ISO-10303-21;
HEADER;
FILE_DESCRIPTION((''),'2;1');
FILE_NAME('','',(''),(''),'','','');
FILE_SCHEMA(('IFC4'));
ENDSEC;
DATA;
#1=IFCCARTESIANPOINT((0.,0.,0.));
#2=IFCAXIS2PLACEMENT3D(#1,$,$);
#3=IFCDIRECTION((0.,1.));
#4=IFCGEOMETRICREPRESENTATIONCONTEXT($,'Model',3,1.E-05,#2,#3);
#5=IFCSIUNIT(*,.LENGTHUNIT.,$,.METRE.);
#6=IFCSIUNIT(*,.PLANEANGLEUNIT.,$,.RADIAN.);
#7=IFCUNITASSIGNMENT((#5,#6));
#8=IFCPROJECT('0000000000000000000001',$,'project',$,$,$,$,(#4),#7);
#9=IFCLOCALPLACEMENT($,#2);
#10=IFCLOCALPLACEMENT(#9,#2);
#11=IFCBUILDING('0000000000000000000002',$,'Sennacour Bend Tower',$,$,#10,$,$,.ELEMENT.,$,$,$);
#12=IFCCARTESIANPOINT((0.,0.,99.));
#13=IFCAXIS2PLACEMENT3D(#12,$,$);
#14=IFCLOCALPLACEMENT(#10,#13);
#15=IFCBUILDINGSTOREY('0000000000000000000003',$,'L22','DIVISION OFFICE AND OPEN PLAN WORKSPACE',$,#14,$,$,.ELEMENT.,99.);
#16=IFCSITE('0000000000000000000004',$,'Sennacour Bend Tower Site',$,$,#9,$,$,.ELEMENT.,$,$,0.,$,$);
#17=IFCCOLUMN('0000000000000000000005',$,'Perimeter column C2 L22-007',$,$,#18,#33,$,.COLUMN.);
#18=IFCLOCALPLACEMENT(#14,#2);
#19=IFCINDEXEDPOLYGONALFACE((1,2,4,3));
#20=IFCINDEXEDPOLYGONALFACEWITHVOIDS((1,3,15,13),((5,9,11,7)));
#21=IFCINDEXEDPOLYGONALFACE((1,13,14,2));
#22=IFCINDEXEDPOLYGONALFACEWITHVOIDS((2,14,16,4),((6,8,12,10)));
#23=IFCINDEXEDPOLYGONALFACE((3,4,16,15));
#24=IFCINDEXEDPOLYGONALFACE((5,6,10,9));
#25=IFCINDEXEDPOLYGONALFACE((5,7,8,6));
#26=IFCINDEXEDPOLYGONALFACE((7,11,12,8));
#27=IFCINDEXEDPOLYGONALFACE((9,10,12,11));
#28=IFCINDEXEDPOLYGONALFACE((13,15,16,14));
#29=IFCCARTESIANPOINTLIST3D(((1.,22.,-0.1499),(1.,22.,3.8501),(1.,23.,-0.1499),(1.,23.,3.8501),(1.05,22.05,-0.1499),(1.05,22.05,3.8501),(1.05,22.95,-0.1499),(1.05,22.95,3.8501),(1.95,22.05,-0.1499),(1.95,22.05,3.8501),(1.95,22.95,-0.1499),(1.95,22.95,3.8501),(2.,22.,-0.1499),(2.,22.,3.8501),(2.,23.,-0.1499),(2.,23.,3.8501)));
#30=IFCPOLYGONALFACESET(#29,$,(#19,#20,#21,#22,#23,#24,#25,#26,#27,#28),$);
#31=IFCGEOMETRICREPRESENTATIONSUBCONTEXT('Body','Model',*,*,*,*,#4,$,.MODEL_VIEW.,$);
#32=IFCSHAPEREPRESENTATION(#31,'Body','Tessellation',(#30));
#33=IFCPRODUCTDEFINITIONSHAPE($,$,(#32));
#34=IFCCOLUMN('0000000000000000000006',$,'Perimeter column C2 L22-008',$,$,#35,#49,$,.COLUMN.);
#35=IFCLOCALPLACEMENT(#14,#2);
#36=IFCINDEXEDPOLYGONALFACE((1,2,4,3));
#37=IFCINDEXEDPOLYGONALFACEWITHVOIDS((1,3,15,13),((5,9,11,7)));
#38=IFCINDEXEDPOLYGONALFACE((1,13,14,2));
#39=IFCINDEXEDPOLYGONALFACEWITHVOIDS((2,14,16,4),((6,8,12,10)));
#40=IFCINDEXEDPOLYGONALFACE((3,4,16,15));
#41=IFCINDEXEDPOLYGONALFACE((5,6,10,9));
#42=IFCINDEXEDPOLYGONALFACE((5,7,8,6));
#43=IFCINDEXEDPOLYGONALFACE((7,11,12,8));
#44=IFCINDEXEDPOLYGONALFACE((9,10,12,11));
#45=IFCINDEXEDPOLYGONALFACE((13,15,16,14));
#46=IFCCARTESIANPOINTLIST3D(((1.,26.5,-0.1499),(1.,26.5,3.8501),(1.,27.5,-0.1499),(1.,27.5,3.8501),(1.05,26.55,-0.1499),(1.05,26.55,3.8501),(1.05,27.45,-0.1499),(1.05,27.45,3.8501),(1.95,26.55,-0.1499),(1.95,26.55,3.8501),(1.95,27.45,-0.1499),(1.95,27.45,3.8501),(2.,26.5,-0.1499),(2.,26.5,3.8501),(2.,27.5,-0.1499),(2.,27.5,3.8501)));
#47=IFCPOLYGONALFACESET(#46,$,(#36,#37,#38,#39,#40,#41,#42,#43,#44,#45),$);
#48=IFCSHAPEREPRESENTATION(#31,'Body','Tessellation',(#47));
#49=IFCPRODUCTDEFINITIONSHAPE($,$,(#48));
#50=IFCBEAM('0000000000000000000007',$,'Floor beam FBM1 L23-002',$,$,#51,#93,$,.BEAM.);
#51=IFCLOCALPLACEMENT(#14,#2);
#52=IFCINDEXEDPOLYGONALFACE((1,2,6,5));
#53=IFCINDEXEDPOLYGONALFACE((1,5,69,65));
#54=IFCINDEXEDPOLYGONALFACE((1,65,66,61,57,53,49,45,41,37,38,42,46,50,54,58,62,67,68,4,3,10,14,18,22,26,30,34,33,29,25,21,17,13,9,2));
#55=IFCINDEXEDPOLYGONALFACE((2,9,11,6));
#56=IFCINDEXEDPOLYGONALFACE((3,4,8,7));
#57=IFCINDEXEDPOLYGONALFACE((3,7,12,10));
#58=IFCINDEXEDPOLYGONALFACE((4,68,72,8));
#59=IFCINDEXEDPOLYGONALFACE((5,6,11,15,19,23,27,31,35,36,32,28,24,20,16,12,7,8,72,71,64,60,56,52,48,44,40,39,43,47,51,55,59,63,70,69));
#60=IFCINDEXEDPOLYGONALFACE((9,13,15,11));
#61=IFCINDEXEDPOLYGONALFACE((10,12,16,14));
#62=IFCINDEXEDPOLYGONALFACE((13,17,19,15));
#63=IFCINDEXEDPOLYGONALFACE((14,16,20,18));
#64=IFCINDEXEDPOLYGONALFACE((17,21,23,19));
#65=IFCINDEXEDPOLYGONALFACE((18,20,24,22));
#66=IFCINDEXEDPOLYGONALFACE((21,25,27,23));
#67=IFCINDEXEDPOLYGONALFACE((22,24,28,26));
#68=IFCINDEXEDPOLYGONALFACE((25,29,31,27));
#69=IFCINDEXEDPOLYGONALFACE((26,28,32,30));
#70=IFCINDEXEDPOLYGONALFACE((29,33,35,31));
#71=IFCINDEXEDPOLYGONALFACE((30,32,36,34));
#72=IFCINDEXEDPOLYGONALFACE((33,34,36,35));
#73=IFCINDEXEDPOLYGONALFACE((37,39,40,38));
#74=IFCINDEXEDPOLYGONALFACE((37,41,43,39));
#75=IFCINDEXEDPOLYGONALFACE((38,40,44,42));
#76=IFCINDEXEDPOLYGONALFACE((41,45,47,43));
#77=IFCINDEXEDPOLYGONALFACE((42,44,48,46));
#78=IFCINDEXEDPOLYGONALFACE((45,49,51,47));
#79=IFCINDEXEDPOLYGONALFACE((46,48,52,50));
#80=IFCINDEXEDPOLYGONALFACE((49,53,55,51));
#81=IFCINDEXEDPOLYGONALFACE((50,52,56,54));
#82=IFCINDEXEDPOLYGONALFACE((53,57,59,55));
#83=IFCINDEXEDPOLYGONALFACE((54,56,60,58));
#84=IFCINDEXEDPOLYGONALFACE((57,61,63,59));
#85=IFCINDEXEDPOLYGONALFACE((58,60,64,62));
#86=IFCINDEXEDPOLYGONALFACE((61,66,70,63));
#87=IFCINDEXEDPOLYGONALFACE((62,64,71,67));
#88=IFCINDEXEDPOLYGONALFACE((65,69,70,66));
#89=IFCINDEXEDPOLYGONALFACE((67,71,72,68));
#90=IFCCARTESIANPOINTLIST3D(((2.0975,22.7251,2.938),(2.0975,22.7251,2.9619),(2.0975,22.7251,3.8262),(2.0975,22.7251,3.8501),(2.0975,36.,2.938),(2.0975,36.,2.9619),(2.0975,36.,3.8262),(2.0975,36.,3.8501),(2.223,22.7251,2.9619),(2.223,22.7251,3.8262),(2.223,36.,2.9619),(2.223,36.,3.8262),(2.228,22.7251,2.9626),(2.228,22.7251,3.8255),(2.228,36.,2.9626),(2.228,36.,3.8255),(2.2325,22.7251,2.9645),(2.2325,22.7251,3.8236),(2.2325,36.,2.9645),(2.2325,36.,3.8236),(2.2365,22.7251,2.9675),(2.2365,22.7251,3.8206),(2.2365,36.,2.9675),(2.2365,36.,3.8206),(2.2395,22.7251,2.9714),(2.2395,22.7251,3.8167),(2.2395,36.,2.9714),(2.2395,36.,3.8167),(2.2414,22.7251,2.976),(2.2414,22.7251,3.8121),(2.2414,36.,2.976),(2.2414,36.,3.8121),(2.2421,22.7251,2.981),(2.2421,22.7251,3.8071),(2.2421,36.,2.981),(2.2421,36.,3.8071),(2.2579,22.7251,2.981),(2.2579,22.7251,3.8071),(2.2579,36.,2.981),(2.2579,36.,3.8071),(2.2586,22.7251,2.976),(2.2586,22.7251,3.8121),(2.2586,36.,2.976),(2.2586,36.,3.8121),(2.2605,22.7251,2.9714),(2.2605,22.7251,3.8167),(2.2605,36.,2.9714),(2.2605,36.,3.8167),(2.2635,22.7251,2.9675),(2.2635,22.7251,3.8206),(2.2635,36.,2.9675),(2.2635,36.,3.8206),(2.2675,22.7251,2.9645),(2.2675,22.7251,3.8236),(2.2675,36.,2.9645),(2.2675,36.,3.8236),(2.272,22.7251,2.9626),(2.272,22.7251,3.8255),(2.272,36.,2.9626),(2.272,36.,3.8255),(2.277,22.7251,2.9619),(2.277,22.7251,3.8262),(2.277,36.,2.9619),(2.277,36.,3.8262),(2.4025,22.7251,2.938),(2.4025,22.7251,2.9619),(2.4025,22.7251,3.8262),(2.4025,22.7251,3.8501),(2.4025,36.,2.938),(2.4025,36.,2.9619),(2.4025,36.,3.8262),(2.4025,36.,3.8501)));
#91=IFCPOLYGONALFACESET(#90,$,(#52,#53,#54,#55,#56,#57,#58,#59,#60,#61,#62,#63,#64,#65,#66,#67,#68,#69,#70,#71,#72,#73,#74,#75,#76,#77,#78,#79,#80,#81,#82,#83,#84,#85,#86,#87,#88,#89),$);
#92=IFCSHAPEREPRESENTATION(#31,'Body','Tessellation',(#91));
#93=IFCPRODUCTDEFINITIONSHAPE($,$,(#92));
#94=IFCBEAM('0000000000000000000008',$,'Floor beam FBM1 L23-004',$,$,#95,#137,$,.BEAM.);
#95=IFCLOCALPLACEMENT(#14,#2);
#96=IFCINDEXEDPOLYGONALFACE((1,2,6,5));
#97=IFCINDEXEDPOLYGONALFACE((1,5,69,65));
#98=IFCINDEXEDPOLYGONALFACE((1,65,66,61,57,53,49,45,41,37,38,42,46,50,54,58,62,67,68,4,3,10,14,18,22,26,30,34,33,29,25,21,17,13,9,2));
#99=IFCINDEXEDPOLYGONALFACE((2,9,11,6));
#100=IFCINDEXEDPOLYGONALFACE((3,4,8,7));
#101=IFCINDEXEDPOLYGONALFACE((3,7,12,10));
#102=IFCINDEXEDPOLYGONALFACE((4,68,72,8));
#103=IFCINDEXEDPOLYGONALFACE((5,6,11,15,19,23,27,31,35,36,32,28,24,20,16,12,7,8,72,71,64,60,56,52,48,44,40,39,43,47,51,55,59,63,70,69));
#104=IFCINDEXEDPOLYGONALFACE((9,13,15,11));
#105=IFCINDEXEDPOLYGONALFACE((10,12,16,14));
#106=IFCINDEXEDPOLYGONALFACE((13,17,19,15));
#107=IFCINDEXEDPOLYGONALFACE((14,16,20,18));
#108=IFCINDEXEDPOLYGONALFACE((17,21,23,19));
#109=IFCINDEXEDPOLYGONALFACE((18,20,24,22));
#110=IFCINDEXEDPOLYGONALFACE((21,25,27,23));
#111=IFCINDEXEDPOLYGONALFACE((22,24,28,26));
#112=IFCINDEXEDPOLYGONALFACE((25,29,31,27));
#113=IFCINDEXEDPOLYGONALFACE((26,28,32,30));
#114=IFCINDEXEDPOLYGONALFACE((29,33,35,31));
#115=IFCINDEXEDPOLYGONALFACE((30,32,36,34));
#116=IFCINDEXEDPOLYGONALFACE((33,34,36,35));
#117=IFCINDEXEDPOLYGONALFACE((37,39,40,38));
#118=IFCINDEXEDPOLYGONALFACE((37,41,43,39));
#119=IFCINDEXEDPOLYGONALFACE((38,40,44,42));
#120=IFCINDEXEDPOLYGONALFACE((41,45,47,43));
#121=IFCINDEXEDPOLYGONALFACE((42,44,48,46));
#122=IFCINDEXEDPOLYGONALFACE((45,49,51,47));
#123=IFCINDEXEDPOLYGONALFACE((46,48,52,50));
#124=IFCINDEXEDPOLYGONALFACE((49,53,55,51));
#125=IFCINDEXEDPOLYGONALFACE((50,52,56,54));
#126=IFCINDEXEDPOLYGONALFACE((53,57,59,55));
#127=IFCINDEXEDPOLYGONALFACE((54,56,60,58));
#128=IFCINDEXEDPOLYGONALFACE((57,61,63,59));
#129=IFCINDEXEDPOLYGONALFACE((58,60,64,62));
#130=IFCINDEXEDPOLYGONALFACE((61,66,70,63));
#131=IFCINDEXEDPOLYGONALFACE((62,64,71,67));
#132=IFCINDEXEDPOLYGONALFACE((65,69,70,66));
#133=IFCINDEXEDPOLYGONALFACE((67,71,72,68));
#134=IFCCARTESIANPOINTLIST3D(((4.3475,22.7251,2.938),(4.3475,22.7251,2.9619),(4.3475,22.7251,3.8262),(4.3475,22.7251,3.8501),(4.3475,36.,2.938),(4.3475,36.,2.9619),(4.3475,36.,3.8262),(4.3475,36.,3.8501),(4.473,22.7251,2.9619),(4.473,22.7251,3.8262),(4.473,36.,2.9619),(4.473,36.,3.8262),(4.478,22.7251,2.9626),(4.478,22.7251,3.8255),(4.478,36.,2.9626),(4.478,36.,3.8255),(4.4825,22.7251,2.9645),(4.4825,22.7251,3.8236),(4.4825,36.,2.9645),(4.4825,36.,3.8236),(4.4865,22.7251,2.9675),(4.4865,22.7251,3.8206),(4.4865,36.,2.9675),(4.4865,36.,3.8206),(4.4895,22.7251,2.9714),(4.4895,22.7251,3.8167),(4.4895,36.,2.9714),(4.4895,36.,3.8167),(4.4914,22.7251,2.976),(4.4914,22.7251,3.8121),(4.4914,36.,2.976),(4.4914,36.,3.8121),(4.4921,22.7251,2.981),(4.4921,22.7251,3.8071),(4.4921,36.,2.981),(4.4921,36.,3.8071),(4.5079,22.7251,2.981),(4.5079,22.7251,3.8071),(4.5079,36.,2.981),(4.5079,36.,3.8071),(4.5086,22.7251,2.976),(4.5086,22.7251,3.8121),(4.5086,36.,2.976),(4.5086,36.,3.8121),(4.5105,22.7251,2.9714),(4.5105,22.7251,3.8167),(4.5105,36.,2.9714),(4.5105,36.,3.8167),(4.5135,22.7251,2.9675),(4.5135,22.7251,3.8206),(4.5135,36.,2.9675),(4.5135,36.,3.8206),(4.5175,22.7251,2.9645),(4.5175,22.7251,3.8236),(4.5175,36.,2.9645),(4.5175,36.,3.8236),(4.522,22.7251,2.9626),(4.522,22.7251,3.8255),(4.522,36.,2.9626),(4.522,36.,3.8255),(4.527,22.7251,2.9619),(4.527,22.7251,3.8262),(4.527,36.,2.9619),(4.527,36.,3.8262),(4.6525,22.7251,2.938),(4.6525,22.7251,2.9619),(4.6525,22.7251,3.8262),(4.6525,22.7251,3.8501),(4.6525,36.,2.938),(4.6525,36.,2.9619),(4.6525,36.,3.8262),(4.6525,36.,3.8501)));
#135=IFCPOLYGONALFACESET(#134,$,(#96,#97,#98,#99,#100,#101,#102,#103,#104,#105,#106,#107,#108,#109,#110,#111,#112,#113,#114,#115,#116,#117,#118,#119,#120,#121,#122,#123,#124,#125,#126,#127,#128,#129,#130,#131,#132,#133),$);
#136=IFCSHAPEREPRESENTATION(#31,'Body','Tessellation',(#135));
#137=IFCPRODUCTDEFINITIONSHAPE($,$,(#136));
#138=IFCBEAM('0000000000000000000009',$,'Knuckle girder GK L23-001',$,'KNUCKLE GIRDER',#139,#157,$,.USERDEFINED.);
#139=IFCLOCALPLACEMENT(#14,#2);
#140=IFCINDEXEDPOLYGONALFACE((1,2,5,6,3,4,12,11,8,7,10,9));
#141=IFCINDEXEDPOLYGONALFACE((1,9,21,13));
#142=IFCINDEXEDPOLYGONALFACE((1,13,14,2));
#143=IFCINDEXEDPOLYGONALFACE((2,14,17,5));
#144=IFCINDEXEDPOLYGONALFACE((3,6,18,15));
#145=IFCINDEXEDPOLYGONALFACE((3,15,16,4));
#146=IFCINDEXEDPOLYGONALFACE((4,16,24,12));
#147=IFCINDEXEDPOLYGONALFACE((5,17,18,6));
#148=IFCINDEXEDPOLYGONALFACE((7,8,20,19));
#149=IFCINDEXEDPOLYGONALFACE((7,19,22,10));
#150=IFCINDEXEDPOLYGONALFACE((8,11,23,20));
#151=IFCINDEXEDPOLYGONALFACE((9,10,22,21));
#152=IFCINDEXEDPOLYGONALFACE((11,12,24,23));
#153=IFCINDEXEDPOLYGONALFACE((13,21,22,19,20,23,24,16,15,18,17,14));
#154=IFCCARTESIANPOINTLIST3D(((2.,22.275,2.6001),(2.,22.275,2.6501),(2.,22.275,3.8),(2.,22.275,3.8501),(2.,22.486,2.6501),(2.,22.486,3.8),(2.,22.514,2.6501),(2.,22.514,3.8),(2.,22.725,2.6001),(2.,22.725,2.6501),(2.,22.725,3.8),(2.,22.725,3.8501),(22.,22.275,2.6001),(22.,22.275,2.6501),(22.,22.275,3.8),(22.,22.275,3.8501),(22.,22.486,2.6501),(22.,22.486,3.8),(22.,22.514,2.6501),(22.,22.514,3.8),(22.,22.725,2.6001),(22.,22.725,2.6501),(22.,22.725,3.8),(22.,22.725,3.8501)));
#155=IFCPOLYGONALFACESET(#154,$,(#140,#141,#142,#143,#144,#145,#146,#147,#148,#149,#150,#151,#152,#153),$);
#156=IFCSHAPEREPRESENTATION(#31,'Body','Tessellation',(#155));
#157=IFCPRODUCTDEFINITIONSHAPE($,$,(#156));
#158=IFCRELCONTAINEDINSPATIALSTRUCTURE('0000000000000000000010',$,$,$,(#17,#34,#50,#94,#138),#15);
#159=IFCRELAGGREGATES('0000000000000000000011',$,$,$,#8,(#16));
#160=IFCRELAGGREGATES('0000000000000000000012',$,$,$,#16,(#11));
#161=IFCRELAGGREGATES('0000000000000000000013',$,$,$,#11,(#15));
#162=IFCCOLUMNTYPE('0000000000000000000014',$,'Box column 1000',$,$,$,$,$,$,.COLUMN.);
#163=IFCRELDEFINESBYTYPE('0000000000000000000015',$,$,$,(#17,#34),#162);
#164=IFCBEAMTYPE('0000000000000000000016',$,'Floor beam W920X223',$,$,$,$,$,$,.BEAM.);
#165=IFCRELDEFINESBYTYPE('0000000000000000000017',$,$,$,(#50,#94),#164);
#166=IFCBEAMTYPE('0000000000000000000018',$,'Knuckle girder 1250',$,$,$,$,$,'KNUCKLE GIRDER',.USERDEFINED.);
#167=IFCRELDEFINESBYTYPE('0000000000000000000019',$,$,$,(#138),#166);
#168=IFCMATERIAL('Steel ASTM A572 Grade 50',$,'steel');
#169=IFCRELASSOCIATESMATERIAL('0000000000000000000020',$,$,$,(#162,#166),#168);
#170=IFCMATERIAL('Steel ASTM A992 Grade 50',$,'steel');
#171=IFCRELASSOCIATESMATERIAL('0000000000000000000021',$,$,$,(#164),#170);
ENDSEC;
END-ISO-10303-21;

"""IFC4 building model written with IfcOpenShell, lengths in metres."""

from ifc_helpers import new_model, si_unit, direction, frame, origin, origin_2d, place, context, subcontext, project, spatial, hollow_rectangle, i_section, extrude, material, material_profile, profile_set, type_object, element, save


model = new_model("IFC4")

# Units and contexts
model_context = context("Model", 3, precision=1e-05, world=origin(), true_north=direction((0.0, 1.0)))
body_context = subcontext(model_context, "Body", "Model", "MODEL_VIEW")
ifc_project = project(units=[si_unit("LENGTHUNIT", "METRE"), si_unit("PLANEANGLEUNIT", "RADIAN")], contexts=[model_context])

# Site, building, storey
site_placement = place(None, origin())
site = spatial("IfcSite", under=ifc_project, at=site_placement, Name="Sennacour Bend Tower Site", CompositionType="ELEMENT", RefElevation=0.0)
building_placement = place(site_placement, origin())
building = spatial("IfcBuilding", under=site, at=building_placement, Name="Sennacour Bend Tower", CompositionType="ELEMENT")
storey_placement = place(building_placement, frame((0.0, 0.0, 99.0)))
storey = spatial("IfcBuildingStorey", under=building, at=storey_placement, Name="L22", Description="DIVISION OFFICE AND OPEN PLAN WORKSPACE", CompositionType="ELEMENT", Elevation=99.0)

# Columns
ifc_material_1 = material(Name="Steel ASTM A572 Grade 50", Category="steel")
ifc_material_profile_1 = material_profile(ifc_material_1, hollow_rectangle(XDim=1.0, YDim=1.0, WallThickness=0.05, at=origin_2d()), Name="Steel ASTM A572 Grade 50", Category="steel")
ifc_profile_set_1 = profile_set([ifc_material_profile_1], Name="Steel ASTM A572 Grade 50")
column_type = type_object("IfcColumnType", Name="Box column 1000", PredefinedType="COLUMN", material=ifc_profile_set_1)
for number, where, z_axis, x_axis, name in (
    (1, (1.5, 22.5, -0.1499), (0.0, 0.0, 1.0), (1.0, 0.0, 0.0), "Perimeter column C2 L22-007"),
    (2, (1.5, 27.0, -0.1499), (0.0, 0.0, 1.0), (1.0, 0.0, 0.0), "Perimeter column C2 L22-008"),
):
    element("IfcColumn", number, at=place(storey_placement, frame(where, z_axis=z_axis, x_axis=x_axis)), inside=storey, type_object=column_type, Name=name, PredefinedType="COLUMN", context=body_context, shape_type="SweptSolid", body=[
        extrude(hollow_rectangle(XDim=1.0, YDim=1.0, WallThickness=0.05, at=origin_2d()), origin(), (0.0, 0.0, 1.0), 4.0),
    ])

# Beams
ifc_material_2 = material(Name="Steel ASTM A992 Grade 50", Category="steel")
ifc_material_profile_2 = material_profile(ifc_material_2, i_section(OverallWidth=0.3049, OverallDepth=0.9121, WebThickness=0.0159, FlangeThickness=0.0239, FilletRadius=0.019, at=origin_2d()), Name="Steel ASTM A992 Grade 50", Category="steel")
ifc_profile_set_2 = profile_set([ifc_material_profile_2], Name="Steel ASTM A992 Grade 50")
beam_type_1 = type_object("IfcBeamType", Name="Floor beam W920X223", PredefinedType="BEAM", material=ifc_profile_set_2)
for number, where, z_axis, x_axis, name in (
    (3, (2.25, 22.7251, 3.394), (0.0, 1.0, 0.0), (-1.0, 0.0, 0.0), "Floor beam FBM1 L23-002"),
    (4, (4.5, 22.7251, 3.394), (0.0, 1.0, 0.0), (-1.0, 0.0, 0.0), "Floor beam FBM1 L23-004"),
):
    element("IfcBeam", number, at=place(storey_placement, frame(where, z_axis=z_axis, x_axis=x_axis)), inside=storey, type_object=beam_type_1, Name=name, PredefinedType="BEAM", context=body_context, shape_type="SweptSolid", body=[
        extrude(i_section(OverallWidth=0.3049, OverallDepth=0.9121, WebThickness=0.0159, FlangeThickness=0.0239, FilletRadius=0.019, at=origin_2d()), origin(), (0.0, 0.0, 1.0), 13.2749),
    ])
ifc_material_profile_3 = material_profile(ifc_material_1, i_section(OverallWidth=0.45, OverallDepth=1.25, WebThickness=0.0281, FlangeThickness=0.05, at=origin_2d()), Name="Steel ASTM A572 Grade 50", Category="steel")
ifc_profile_set_3 = profile_set([ifc_material_profile_3], Name="Steel ASTM A572 Grade 50")
beam_type_2 = type_object("IfcBeamType", Name="Knuckle girder 1250", ElementType="KNUCKLE GIRDER", PredefinedType="USERDEFINED", material=ifc_profile_set_3)
beam_1_placement = place(storey_placement, frame((2.0, 22.5, 3.2251), z_axis=(1.0, 0.0, 0.0), x_axis=(0.0, 1.0, 0.0)))
element("IfcBeam", 5, at=beam_1_placement, inside=storey, type_object=beam_type_2, Name="Knuckle girder GK L23-001", ObjectType="KNUCKLE GIRDER", PredefinedType="USERDEFINED", context=body_context, shape_type="SweptSolid", body=[
    extrude(i_section(OverallWidth=0.45, OverallDepth=1.25, WebThickness=0.0281, FlangeThickness=0.05, at=origin_2d()), origin(), (0.0, 0.0, 1.0), 20.0),
])

save(model, "model.ifc")
